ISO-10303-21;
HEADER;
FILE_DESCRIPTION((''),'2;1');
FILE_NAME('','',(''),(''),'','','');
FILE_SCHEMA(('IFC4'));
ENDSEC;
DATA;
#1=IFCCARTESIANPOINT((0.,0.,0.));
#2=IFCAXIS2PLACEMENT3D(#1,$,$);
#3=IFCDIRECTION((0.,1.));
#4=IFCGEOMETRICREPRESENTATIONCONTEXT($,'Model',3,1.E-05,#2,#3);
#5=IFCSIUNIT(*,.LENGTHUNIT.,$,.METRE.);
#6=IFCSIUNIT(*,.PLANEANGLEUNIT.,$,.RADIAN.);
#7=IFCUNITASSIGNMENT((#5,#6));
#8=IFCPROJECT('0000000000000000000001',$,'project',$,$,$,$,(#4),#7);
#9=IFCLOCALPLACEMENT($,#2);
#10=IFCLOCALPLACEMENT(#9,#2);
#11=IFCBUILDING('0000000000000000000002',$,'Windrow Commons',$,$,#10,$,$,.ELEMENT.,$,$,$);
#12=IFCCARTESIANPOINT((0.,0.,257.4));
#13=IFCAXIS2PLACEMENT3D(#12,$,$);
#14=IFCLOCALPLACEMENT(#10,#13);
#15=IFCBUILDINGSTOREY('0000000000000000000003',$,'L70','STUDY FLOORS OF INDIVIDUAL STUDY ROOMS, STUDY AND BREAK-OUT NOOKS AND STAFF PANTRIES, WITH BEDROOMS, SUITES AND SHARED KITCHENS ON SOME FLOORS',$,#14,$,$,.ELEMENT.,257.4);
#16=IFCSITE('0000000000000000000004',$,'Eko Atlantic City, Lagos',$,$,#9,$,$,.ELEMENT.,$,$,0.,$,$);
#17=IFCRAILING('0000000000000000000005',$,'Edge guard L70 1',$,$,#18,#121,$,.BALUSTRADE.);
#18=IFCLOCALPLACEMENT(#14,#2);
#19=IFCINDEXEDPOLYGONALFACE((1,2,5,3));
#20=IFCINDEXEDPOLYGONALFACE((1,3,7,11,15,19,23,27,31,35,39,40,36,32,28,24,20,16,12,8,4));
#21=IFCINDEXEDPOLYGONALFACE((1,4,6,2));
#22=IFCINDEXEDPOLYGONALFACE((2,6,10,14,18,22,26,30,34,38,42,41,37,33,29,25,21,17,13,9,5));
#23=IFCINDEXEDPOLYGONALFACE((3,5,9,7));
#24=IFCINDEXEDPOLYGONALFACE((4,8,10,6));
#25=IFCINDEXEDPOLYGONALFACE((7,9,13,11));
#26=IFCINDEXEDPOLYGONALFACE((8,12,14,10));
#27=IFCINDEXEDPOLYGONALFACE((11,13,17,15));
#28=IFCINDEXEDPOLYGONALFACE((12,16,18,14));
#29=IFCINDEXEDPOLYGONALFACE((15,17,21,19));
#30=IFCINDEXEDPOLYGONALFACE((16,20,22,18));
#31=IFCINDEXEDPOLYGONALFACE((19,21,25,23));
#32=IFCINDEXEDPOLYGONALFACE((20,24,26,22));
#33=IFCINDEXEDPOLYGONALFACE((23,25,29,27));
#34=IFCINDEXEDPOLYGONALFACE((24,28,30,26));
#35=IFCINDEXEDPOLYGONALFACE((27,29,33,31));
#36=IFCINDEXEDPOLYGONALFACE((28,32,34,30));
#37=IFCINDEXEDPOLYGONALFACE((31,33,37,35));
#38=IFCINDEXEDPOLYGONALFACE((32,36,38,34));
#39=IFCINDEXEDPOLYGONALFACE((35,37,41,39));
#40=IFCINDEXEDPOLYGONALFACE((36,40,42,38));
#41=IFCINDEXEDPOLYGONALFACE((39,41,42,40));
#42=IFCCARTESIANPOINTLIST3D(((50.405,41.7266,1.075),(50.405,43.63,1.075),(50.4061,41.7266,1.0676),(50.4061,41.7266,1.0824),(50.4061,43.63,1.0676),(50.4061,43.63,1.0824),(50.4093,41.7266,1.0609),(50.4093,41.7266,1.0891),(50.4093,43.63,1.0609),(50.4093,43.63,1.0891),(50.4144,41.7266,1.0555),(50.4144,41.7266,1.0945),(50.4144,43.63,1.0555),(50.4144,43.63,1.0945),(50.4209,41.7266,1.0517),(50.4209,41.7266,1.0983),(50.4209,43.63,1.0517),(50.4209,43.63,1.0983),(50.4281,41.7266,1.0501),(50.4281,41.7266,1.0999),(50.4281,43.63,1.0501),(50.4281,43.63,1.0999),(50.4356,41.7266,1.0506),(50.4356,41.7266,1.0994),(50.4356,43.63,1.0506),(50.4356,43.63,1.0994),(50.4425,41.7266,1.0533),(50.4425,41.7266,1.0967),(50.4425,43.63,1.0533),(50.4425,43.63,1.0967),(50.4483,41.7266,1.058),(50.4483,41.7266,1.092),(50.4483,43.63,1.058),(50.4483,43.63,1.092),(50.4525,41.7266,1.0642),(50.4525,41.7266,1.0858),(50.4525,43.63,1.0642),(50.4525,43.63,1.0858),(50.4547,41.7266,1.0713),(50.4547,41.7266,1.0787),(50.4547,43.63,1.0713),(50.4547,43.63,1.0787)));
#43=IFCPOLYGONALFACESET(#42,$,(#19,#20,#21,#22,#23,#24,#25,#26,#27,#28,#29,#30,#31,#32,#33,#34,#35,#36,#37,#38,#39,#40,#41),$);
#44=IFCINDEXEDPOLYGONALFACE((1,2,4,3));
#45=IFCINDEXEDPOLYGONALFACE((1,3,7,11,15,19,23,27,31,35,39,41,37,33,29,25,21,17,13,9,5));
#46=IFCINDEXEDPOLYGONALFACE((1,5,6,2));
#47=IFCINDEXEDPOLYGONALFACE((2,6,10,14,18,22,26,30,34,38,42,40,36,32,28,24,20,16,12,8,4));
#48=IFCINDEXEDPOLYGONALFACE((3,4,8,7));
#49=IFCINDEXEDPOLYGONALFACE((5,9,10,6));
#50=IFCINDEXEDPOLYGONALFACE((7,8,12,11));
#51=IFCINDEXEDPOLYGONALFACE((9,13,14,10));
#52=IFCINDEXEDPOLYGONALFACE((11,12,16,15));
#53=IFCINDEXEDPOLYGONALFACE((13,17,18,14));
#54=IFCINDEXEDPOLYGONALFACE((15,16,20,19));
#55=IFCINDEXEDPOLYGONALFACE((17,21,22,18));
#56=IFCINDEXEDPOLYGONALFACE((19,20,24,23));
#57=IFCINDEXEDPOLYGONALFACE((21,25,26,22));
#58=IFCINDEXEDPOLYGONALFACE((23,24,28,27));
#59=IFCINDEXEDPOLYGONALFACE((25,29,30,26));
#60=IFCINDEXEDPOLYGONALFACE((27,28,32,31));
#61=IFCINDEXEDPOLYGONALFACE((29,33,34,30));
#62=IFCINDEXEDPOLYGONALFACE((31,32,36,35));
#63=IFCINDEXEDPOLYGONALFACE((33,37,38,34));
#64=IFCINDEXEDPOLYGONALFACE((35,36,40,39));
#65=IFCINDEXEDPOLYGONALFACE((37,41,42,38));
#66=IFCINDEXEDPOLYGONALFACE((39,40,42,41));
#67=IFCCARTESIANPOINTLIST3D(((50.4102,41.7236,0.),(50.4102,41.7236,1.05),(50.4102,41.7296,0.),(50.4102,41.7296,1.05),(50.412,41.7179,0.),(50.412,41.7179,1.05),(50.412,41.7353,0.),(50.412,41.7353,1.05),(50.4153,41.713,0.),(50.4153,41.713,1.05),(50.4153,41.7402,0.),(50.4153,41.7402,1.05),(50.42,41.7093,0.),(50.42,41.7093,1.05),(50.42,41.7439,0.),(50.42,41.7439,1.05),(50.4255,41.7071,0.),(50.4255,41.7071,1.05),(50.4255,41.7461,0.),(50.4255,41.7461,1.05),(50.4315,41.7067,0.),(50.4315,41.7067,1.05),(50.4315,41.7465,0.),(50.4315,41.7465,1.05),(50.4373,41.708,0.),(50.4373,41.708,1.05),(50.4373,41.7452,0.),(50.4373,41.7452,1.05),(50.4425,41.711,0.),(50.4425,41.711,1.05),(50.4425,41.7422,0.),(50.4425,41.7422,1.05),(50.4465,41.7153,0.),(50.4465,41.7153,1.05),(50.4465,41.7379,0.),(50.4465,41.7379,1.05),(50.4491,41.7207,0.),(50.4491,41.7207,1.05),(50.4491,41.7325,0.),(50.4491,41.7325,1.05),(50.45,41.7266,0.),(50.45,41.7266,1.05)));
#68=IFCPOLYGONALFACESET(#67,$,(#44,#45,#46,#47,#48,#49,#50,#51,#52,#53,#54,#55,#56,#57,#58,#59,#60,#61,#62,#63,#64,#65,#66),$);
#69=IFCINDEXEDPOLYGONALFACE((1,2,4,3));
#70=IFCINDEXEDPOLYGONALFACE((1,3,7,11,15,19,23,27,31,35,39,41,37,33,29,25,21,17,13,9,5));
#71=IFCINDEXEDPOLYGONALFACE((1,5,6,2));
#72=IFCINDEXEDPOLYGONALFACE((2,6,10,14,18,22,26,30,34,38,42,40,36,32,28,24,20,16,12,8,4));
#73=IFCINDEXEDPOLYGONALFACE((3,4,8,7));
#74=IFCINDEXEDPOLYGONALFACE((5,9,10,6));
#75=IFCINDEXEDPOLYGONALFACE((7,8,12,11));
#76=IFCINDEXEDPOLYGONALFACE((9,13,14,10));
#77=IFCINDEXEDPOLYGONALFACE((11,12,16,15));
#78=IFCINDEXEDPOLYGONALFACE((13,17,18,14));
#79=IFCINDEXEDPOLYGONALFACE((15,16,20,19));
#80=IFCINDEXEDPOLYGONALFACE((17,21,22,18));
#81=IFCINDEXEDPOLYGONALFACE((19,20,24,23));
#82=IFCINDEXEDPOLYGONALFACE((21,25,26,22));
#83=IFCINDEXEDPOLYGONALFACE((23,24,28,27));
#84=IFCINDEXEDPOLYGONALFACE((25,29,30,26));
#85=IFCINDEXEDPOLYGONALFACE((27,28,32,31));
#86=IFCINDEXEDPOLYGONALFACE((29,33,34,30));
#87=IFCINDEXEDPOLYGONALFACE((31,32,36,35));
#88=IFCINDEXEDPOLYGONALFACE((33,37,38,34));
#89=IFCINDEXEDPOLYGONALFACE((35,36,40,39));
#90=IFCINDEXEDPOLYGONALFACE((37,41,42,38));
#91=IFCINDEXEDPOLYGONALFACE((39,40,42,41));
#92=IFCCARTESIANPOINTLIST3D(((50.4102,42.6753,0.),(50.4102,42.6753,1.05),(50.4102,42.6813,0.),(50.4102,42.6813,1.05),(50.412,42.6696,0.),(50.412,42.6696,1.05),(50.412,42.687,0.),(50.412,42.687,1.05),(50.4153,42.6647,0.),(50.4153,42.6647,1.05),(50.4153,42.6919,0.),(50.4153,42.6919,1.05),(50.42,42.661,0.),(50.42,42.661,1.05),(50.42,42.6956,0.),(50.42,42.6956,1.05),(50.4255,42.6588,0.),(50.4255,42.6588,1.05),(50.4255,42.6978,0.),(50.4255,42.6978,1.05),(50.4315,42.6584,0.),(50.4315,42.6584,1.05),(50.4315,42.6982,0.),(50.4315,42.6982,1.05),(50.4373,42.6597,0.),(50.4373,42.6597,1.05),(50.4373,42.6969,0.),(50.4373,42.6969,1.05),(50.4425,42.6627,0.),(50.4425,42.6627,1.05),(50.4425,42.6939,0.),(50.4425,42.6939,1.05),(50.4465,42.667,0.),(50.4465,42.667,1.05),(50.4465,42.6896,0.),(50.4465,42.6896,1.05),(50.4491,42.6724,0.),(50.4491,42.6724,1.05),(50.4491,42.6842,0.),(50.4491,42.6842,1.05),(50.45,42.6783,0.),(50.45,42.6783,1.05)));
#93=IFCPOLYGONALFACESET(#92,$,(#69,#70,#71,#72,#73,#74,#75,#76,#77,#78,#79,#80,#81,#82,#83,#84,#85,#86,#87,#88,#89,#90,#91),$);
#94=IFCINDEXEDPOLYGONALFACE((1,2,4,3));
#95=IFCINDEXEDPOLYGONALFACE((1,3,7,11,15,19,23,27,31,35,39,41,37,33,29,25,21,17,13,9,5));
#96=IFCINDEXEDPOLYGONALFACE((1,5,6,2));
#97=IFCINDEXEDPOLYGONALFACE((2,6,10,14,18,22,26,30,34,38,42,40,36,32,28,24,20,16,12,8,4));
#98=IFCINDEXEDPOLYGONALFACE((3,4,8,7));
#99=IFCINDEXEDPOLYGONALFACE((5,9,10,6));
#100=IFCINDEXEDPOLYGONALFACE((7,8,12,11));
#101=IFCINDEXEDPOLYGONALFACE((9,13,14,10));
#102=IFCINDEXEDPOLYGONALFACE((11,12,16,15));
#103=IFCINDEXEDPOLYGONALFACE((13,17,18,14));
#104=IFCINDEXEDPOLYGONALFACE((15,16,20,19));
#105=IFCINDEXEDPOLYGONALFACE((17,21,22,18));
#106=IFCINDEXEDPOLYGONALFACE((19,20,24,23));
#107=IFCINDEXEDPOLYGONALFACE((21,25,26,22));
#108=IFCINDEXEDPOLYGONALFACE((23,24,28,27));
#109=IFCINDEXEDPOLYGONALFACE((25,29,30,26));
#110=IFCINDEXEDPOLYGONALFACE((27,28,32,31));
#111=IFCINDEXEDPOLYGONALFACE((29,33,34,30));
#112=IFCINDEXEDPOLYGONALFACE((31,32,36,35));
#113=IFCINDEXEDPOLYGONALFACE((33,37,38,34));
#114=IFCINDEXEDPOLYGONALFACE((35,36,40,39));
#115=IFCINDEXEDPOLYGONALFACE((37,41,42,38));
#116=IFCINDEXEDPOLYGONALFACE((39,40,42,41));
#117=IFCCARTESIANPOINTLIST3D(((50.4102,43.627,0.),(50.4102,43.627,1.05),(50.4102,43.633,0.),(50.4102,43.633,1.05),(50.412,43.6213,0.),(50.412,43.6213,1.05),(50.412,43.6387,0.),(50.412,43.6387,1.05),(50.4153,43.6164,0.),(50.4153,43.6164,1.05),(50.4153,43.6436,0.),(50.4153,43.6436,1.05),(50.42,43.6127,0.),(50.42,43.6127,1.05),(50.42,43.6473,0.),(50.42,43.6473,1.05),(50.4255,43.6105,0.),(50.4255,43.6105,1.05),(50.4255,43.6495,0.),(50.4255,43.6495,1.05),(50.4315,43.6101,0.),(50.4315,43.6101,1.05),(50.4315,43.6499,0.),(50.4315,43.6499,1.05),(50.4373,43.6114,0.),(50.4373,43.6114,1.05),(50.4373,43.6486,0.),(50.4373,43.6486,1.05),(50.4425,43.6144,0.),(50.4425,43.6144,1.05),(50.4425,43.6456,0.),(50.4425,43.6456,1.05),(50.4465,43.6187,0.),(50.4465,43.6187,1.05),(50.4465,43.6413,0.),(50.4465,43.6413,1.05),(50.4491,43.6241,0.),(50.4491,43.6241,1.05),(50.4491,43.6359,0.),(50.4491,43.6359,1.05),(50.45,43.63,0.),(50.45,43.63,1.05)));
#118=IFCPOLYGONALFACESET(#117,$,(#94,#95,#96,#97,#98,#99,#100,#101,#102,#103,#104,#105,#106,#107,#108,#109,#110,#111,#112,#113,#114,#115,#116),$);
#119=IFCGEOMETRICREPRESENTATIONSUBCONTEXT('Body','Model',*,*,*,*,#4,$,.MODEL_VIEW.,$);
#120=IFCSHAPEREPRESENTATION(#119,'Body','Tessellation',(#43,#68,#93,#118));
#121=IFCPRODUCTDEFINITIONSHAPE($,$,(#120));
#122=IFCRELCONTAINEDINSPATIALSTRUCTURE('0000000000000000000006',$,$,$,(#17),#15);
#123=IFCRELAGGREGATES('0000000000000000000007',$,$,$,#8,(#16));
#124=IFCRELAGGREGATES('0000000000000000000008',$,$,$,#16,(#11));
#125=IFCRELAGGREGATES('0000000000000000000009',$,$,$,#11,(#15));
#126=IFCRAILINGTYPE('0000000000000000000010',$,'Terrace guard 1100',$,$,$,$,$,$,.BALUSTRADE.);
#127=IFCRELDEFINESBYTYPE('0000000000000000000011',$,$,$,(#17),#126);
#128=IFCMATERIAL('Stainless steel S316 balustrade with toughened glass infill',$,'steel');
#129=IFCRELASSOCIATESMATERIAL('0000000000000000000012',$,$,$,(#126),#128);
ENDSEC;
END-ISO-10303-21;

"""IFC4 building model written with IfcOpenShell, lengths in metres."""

from ifc_helpers import new_model, si_unit, direction, frame, origin, origin_2d, place, context, subcontext, project, spatial, circle, extrude, material, type_object, element, save


model = new_model("IFC4")

# Units and contexts
model_context = context("Model", 3, precision=1e-05, world=origin(), true_north=direction((0.0, 1.0)))
body_context = subcontext(model_context, "Body", "Model", "MODEL_VIEW")
ifc_project = project(units=[si_unit("LENGTHUNIT", "METRE"), si_unit("PLANEANGLEUNIT", "RADIAN")], contexts=[model_context])

# Site, building, storey
site_placement = place(None, origin())
site = spatial("IfcSite", under=ifc_project, at=site_placement, Name="Eko Atlantic City, Lagos", CompositionType="ELEMENT", RefElevation=0.0)
building_placement = place(site_placement, origin())
building = spatial("IfcBuilding", under=site, at=building_placement, Name="Windrow Commons", CompositionType="ELEMENT")
storey_placement = place(building_placement, frame((0.0, 0.0, 257.4)))
storey = spatial("IfcBuildingStorey", under=building, at=storey_placement, Name="L70", Description="STUDY FLOORS OF INDIVIDUAL STUDY ROOMS, STUDY AND BREAK-OUT NOOKS AND STAFF PANTRIES, WITH BEDROOMS, SUITES AND SHARED KITCHENS ON SOME FLOORS", CompositionType="ELEMENT", Elevation=257.4)

# Railing
ifc_material_1 = material(Name="Stainless steel S316 balustrade with toughened glass infill", Category="steel")
railing_type = type_object("IfcRailingType", Name="Terrace guard 1100", PredefinedType="BALUSTRADE", material=ifc_material_1)
railing_placement = place(storey_placement, frame((50.43, 41.7266, 0.0)))
element("IfcRailing", 1, at=railing_placement, inside=storey, type_object=railing_type, Name="Edge guard L70 1", PredefinedType="BALUSTRADE", context=body_context, shape_type="SweptSolid", body=[
    extrude(circle(Radius=0.025, at=origin_2d()), frame((0.0, 0.0, 1.075), z_axis=(0.0, 1.0, 0.0), x_axis=(-1.0, 0.0, 0.0)), (0.0, 0.0, 1.0), 1.9034),
    extrude(circle(Radius=0.02, at=origin_2d()), origin(), (0.0, 0.0, 1.0), 1.05),
    extrude(circle(Radius=0.02, at=origin_2d()), frame((0.0, 0.9517, 0.0)), (0.0, 0.0, 1.0), 1.05),
    extrude(circle(Radius=0.02, at=origin_2d()), frame((0.0, 1.9034, 0.0)), (0.0, 0.0, 1.0), 1.05),
])

save(model, "model.ifc")
